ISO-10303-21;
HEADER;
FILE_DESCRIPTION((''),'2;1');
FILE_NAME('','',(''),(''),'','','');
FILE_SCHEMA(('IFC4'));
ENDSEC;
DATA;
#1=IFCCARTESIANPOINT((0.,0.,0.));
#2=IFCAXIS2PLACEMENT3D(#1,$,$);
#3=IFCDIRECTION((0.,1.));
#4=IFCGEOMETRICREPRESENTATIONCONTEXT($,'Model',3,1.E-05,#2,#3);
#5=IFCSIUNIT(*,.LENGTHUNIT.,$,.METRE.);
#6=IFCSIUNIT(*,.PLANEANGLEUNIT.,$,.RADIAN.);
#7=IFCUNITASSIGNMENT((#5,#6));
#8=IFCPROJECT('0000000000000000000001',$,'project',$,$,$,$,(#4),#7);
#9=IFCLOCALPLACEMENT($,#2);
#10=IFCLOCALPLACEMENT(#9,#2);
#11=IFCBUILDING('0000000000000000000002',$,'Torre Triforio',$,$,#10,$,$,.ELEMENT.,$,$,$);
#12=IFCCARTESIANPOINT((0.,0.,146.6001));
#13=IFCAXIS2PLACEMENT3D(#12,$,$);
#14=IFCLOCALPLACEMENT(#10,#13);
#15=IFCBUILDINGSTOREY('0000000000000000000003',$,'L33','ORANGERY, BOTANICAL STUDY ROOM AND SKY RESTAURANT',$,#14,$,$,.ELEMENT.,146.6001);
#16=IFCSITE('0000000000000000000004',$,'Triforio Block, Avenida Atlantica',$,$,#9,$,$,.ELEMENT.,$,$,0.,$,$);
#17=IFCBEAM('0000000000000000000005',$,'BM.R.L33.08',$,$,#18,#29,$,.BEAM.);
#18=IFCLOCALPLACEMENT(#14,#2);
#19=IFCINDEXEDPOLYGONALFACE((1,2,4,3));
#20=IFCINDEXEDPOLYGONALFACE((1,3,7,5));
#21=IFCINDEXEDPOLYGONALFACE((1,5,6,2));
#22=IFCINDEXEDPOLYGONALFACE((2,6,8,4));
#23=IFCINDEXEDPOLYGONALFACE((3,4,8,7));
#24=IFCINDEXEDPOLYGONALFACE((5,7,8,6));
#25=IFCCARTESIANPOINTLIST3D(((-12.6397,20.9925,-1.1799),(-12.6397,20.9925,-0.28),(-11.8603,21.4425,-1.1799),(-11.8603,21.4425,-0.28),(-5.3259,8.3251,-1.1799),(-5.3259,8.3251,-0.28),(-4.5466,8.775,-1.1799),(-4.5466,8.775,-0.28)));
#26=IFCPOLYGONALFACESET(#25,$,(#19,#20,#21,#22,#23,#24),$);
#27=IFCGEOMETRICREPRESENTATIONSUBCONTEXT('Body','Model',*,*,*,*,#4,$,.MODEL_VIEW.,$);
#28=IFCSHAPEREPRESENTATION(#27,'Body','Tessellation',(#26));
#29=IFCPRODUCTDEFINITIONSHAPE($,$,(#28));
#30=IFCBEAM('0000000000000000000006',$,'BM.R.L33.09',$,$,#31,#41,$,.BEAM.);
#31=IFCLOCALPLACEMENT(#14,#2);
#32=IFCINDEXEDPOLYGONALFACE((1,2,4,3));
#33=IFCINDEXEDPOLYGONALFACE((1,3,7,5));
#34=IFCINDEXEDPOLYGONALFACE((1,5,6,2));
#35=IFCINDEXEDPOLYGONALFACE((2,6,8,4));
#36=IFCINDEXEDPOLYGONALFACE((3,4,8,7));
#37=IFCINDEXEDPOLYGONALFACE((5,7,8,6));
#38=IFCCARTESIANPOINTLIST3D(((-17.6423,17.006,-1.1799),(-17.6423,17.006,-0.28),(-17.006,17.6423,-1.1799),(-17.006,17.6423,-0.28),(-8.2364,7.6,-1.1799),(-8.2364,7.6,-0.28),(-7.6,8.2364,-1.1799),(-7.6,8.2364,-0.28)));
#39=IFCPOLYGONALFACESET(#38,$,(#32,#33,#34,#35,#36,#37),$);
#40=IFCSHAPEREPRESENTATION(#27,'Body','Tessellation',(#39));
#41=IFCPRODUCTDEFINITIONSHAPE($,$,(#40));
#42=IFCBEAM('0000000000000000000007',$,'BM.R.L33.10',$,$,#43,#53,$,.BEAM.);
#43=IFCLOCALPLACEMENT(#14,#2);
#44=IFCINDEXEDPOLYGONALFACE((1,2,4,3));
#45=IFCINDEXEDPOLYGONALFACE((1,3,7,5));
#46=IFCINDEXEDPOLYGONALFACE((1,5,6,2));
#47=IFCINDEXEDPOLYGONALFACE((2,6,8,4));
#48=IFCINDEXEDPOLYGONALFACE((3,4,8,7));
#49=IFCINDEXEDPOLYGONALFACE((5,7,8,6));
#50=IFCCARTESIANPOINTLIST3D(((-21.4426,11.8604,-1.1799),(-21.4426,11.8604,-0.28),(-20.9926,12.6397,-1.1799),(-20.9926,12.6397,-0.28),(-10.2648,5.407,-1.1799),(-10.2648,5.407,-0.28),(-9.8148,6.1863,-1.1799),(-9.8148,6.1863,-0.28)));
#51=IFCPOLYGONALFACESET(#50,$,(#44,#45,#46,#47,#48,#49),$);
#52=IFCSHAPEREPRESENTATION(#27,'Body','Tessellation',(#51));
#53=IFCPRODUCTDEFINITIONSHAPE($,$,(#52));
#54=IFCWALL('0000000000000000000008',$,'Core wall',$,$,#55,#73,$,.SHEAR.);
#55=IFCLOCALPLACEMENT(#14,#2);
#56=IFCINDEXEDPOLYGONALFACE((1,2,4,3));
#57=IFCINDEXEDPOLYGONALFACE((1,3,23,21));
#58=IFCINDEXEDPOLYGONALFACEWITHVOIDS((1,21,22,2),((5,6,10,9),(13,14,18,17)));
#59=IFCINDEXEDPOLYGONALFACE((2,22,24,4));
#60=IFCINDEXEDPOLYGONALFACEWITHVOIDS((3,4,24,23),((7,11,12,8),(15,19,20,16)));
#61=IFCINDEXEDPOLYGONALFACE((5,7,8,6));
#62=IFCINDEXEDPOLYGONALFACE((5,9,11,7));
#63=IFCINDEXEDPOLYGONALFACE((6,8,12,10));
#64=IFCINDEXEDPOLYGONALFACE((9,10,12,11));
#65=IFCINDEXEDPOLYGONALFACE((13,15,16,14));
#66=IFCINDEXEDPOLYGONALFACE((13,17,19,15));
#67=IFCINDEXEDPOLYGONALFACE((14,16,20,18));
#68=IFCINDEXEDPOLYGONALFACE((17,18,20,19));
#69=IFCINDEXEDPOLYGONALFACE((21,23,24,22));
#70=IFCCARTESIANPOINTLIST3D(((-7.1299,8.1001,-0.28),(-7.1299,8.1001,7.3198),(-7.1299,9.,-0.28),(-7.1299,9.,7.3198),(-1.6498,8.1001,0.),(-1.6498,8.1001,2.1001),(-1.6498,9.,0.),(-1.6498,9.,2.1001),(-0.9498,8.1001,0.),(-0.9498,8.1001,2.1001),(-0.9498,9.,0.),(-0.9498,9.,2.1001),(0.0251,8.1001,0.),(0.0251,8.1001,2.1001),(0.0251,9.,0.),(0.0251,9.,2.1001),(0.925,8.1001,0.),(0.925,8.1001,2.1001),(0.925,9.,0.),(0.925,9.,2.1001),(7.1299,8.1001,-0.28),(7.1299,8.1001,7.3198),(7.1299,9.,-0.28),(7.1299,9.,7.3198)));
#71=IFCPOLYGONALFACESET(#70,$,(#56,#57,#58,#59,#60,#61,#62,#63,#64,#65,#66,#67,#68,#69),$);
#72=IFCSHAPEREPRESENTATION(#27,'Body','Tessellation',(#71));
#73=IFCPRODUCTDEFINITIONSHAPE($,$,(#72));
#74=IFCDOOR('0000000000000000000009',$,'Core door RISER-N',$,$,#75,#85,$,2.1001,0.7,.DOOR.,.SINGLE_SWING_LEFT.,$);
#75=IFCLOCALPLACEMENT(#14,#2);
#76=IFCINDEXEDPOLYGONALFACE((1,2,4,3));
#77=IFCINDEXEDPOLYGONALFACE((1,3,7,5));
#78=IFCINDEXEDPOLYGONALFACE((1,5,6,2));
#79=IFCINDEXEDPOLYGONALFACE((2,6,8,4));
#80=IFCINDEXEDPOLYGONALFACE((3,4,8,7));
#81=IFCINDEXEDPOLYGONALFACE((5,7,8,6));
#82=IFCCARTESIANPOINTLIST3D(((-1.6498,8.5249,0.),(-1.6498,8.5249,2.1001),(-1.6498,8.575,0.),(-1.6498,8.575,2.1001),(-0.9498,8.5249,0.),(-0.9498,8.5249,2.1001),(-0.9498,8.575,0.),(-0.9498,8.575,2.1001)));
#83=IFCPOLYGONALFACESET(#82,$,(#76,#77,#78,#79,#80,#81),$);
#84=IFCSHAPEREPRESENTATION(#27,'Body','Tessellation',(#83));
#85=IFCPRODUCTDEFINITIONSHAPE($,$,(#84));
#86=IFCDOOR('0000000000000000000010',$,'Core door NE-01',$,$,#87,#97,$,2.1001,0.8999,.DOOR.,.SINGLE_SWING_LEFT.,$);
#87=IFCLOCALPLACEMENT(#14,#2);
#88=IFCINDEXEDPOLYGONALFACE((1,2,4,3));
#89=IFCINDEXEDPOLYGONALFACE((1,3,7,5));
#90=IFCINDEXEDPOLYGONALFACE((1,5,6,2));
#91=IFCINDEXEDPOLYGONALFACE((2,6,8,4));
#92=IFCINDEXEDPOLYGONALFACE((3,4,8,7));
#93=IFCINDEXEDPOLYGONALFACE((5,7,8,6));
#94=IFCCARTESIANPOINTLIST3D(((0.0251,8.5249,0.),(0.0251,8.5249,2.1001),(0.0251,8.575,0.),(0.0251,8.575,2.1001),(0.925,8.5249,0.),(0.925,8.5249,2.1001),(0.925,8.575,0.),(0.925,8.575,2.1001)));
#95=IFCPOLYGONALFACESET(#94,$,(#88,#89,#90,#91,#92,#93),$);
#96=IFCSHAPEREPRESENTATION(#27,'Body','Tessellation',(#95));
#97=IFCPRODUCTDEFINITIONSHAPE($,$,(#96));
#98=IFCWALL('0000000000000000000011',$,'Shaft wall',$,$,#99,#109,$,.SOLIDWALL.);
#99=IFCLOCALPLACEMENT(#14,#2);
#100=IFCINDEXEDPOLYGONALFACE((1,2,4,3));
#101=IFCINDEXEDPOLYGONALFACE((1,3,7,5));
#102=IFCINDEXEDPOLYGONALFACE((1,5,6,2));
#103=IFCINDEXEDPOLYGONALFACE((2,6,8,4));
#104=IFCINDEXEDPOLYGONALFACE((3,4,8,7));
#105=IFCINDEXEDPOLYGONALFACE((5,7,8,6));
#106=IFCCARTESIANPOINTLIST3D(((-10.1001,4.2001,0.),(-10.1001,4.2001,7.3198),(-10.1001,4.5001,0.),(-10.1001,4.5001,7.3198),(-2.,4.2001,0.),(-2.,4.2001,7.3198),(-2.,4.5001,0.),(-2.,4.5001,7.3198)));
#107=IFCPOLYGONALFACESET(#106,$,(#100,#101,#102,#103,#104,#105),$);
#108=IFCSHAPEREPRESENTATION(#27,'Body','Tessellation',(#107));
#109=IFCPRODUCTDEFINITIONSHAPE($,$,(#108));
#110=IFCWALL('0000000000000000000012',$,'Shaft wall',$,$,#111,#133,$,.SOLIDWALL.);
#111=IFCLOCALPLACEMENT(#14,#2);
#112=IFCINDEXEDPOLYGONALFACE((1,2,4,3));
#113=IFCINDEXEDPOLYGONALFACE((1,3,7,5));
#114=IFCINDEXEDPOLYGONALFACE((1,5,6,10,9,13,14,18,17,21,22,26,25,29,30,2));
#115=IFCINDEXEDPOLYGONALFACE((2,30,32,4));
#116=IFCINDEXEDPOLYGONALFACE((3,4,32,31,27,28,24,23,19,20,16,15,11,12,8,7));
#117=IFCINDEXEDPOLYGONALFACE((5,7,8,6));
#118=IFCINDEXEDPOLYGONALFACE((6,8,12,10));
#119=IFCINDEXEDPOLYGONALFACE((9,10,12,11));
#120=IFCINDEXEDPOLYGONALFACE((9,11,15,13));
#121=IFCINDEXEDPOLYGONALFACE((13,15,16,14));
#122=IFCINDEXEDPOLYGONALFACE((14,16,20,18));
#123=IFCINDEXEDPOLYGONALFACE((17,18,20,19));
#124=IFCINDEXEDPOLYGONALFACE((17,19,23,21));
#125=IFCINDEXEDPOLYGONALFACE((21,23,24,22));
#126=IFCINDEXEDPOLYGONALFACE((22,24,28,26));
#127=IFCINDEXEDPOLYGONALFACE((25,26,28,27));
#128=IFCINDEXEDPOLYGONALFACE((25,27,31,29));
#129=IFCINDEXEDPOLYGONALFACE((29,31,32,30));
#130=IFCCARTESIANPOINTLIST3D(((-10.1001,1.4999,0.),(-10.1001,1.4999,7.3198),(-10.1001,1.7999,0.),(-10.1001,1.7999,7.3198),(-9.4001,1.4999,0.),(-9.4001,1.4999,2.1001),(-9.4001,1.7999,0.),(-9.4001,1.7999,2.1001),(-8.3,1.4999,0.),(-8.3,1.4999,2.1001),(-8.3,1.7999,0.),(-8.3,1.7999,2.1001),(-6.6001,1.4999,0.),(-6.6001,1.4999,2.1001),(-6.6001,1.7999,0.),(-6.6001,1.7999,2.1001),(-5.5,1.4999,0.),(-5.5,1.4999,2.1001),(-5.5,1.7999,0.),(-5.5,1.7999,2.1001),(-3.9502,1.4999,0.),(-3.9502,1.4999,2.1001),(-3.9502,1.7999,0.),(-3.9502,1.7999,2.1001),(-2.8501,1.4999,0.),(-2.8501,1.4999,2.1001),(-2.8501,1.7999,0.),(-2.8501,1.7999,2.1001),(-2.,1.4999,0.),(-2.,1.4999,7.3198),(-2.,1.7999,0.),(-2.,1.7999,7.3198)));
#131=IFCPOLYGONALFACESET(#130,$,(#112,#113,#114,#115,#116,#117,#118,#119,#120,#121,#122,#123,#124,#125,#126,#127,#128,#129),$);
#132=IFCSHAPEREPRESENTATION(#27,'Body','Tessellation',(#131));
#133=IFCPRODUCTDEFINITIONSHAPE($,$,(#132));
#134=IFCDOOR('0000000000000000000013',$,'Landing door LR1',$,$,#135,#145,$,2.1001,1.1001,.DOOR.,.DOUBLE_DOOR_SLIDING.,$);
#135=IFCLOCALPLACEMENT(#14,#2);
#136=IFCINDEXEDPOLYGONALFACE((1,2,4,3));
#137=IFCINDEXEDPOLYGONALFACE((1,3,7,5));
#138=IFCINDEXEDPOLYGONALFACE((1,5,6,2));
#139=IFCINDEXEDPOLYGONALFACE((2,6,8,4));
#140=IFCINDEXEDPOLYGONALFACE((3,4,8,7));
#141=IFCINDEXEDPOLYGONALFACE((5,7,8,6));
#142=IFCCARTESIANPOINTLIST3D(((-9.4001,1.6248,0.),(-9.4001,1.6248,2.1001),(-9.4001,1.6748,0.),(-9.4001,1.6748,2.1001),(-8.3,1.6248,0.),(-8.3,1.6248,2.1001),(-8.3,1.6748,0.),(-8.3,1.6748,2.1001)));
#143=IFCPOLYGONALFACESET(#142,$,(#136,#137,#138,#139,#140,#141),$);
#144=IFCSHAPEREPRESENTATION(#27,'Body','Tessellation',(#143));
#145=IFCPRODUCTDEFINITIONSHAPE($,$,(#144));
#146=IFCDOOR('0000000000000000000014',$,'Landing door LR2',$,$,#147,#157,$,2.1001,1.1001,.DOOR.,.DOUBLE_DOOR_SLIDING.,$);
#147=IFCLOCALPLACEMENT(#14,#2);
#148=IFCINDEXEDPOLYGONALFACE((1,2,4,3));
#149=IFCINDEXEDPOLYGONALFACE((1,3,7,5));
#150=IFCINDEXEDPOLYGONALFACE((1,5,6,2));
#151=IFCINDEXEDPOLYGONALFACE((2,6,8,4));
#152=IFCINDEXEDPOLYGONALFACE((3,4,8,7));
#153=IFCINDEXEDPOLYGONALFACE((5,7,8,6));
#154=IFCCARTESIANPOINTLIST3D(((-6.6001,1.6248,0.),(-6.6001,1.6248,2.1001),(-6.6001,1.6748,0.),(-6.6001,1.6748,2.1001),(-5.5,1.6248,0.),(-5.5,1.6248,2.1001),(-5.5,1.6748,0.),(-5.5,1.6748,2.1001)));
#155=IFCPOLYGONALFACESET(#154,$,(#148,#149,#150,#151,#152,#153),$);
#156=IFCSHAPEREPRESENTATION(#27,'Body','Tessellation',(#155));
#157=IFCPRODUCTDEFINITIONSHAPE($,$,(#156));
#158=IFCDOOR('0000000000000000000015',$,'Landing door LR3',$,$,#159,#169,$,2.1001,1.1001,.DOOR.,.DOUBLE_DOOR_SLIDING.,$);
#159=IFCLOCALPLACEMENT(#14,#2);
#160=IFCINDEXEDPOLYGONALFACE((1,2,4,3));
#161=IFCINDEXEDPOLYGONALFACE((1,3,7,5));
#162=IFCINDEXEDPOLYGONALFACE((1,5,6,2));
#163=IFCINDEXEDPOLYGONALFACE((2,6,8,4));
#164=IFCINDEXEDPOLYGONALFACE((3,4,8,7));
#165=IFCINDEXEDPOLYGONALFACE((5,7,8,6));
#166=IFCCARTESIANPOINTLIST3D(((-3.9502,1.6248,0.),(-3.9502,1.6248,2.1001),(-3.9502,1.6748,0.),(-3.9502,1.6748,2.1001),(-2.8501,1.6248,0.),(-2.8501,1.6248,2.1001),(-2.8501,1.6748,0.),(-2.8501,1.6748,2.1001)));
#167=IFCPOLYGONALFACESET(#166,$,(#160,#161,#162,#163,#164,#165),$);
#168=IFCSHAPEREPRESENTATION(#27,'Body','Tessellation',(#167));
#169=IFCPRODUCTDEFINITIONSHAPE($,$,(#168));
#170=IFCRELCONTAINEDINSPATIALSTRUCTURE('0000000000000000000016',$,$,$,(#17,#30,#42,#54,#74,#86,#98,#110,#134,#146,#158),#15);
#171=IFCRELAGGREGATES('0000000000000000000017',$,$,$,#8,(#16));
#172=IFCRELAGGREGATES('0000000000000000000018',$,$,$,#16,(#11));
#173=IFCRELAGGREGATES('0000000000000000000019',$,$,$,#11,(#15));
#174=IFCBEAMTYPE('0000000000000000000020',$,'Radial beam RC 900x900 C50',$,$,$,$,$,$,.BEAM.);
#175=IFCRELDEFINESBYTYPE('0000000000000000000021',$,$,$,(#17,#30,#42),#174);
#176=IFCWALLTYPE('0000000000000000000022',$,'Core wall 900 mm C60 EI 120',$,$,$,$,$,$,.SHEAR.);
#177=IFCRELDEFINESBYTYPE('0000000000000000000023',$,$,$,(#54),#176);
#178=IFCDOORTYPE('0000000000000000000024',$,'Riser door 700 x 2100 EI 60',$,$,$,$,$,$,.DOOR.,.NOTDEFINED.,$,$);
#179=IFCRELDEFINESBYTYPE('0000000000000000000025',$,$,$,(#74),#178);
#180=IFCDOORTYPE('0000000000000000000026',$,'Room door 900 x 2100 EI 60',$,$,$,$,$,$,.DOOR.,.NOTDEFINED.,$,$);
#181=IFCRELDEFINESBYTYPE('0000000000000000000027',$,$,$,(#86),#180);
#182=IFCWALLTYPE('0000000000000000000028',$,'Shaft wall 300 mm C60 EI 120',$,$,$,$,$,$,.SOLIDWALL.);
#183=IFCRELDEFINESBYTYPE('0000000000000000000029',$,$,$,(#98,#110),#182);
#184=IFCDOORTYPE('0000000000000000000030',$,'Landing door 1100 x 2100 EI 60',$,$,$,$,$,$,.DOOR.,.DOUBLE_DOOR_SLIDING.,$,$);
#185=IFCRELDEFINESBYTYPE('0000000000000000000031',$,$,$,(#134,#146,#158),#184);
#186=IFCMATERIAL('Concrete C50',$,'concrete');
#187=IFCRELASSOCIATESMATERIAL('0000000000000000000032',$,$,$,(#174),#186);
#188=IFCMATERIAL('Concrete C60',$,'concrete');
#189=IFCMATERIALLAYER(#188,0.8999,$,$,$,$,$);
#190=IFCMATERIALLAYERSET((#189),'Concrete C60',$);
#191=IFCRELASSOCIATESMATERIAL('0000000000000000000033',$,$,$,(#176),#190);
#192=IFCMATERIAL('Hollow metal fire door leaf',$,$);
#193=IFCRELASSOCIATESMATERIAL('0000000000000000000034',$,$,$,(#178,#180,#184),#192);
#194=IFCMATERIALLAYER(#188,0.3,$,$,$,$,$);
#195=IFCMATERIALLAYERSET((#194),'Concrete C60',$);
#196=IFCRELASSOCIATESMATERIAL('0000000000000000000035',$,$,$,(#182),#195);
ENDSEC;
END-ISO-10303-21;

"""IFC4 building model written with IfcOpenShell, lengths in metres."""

from ifc_helpers import new_model, si_unit, direction, frame, frame_2d, origin, origin_2d, place, context, subcontext, project, spatial, rectangle, extrude, material, layer, layer_set, material_profile, profile_set, type_object, element, fill, save


model = new_model("IFC4")

# Units and contexts
model_context = context("Model", 3, precision=1e-05, world=origin(), true_north=direction((0.0, 1.0)))
body_context = subcontext(model_context, "Body", "Model", "MODEL_VIEW")
ifc_project = project(units=[si_unit("LENGTHUNIT", "METRE"), si_unit("PLANEANGLEUNIT", "RADIAN")], contexts=[model_context])

# Site, building, storey
site_placement = place(None, origin())
site = spatial("IfcSite", under=ifc_project, at=site_placement, Name="Triforio Block, Avenida Atlantica", CompositionType="ELEMENT", RefElevation=0.0)
building_placement = place(site_placement, origin())
building = spatial("IfcBuilding", under=site, at=building_placement, Name="Torre Triforio", CompositionType="ELEMENT")
storey_placement = place(building_placement, frame((0.0, 0.0, 146.6001)))
storey = spatial("IfcBuildingStorey", under=building, at=storey_placement, Name="L33", Description="ORANGERY, BOTANICAL STUDY ROOM AND SKY RESTAURANT", CompositionType="ELEMENT", Elevation=146.6001)

# Beams
ifc_material_1 = material(Name="Concrete C50", Category="concrete")
ifc_material_profile = material_profile(ifc_material_1, rectangle(XDim=0.8999, YDim=0.8999, at=origin_2d()), Name="RC 900x900")
ifc_profile_set = profile_set([ifc_material_profile], Name="Concrete C50")
beam_type = type_object("IfcBeamType", Name="Radial beam RC 900x900 C50", PredefinedType="BEAM", material=ifc_profile_set)
beam_1_placement = place(storey_placement, frame((-4.9363, 8.55, -0.73), z_axis=(-0.500008, 0.866021, 0.0), x_axis=(-0.866021, -0.500008, 0.0)))
element("IfcBeam", 1, at=beam_1_placement, inside=storey, type_object=beam_type, Name="BM.R.L33.08", PredefinedType="BEAM", context=body_context, shape_type="SweptSolid", body=[
    extrude(rectangle(XDim=0.8999, YDim=0.8999, at=origin_2d()), origin(), (0.0, 0.0, 1.0), 14.6272),
])
beam_2_placement = place(storey_placement, frame((-7.9182, 7.9182, -0.73), z_axis=(-0.707107, 0.707107, 0.0), x_axis=(-0.707107, -0.707107, 0.0)))
element("IfcBeam", 2, at=beam_2_placement, inside=storey, type_object=beam_type, Name="BM.R.L33.09", PredefinedType="BEAM", context=body_context, shape_type="SweptSolid", body=[
    extrude(rectangle(XDim=0.8999, YDim=0.8999, at=origin_2d()), origin(), (0.0, 0.0, 1.0), 13.302),
])
beam_3_placement = place(storey_placement, frame((-10.0398, 5.7966, -0.73), z_axis=(-0.866029, 0.499994, 0.0), x_axis=(-0.499994, -0.866029, 0.0)))
element("IfcBeam", 3, at=beam_3_placement, inside=storey, type_object=beam_type, Name="BM.R.L33.10", PredefinedType="BEAM", context=body_context, shape_type="SweptSolid", body=[
    extrude(rectangle(XDim=0.8999, YDim=0.8999, at=origin_2d()), origin(), (0.0, 0.0, 1.0), 12.907),
])

# Wall, openings, doors
ifc_material_2 = material(Name="Concrete C60", Category="concrete")
ifc_layer_1 = layer(ifc_material_2, 0.8999)
ifc_layer_set_1 = layer_set([ifc_layer_1], Name="Concrete C60")
wall_type_1 = type_object("IfcWallType", Name="Core wall 900 mm C60 EI 120", PredefinedType="SHEAR", material=ifc_layer_set_1)
wall_1_placement = place(storey_placement, frame((-7.1299, 8.55, -0.28), z_axis=(0.0, 0.0, 1.0), x_axis=(1.0, 0.0, 0.0)))
wall_1 = element("IfcWall", 4, at=wall_1_placement, inside=storey, type_object=wall_type_1, Name="Core wall", PredefinedType="SHEAR", context=body_context, shape_type="SweptSolid", body=[
    extrude(rectangle(XDim=14.2598, YDim=0.8999, at=frame_2d((7.1299, 0.0))), origin(), (0.0, 0.0, 1.0), 7.5999),
])
opening_1_placement = place(wall_1_placement, frame((5.48, 0.0, 0.28)))
opening_1 = element("IfcOpeningElement", 5, at=opening_1_placement, cuts=wall_1, PredefinedType="OPENING", context=body_context, shape_type="SweptSolid", body=[
    extrude(rectangle(XDim=0.7, YDim=2.1001, at=frame_2d((0.3501, 1.05))), frame((0.0, 0.46, 0.0), z_axis=(0.0, -1.0, 0.0), x_axis=(1.0, 0.0, 0.0)), (0.0, 0.0, 1.0), 0.9199),
])
opening_2_placement = place(wall_1_placement, frame((7.155, 0.0, 0.28)))
opening_2 = element("IfcOpeningElement", 6, at=opening_2_placement, cuts=wall_1, PredefinedType="OPENING", context=body_context, shape_type="SweptSolid", body=[
    extrude(rectangle(XDim=0.8999, YDim=2.1001, at=frame_2d((0.45, 1.05))), frame((0.0, 0.46, 0.0), z_axis=(0.0, -1.0, 0.0), x_axis=(1.0, 0.0, 0.0)), (0.0, 0.0, 1.0), 0.9199),
])
ifc_material_3 = material(Name="Hollow metal fire door leaf")
door_type_1 = type_object("IfcDoorType", Name="Riser door 700 x 2100 EI 60", OperationType="NOTDEFINED", PredefinedType="DOOR", material=ifc_material_3)
door_1_placement = place(opening_1_placement, origin())
door_1 = element("IfcDoor", 7, at=door_1_placement, inside=storey, type_object=door_type_1, Name="Core door RISER-N", OperationType="SINGLE_SWING_LEFT", OverallHeight=2.1001, OverallWidth=0.7, PredefinedType="DOOR", context=body_context, shape_type="SweptSolid", body=[
    extrude(rectangle(XDim=0.7, YDim=2.1001, at=frame_2d((0.3501, 1.05))), frame((0.0, 0.0249, 0.0), z_axis=(0.0, -1.0, 0.0), x_axis=(1.0, 0.0, 0.0)), (0.0, 0.0, 1.0), 0.05),
])
fill(opening_1, door_1)
door_type_2 = type_object("IfcDoorType", Name="Room door 900 x 2100 EI 60", OperationType="NOTDEFINED", PredefinedType="DOOR", material=ifc_material_3)
door_2_placement = place(opening_2_placement, origin())
door_2 = element("IfcDoor", 8, at=door_2_placement, inside=storey, type_object=door_type_2, Name="Core door NE-01", OperationType="SINGLE_SWING_LEFT", OverallHeight=2.1001, OverallWidth=0.8999, PredefinedType="DOOR", context=body_context, shape_type="SweptSolid", body=[
    extrude(rectangle(XDim=0.8999, YDim=2.1001, at=frame_2d((0.45, 1.05))), frame((0.0, 0.0249, 0.0), z_axis=(0.0, -1.0, 0.0), x_axis=(1.0, 0.0, 0.0)), (0.0, 0.0, 1.0), 0.05),
])
fill(opening_2, door_2)

# Wall
ifc_layer_2 = layer(ifc_material_2, 0.3)
ifc_layer_set_2 = layer_set([ifc_layer_2], Name="Concrete C60")
wall_type_2 = type_object("IfcWallType", Name="Shaft wall 300 mm C60 EI 120", PredefinedType="SOLIDWALL", material=ifc_layer_set_2)
wall_2_placement = place(storey_placement, frame((-10.1001, 4.3501, 0.0), z_axis=(0.0, 0.0, 1.0), x_axis=(1.0, 0.0, 0.0)))
element("IfcWall", 9, at=wall_2_placement, inside=storey, type_object=wall_type_2, Name="Shaft wall", PredefinedType="SOLIDWALL", context=body_context, shape_type="SweptSolid", body=[
    extrude(rectangle(XDim=8.1001, YDim=0.3, at=frame_2d((4.05, 0.0))), origin(), (0.0, 0.0, 1.0), 7.3198),
])

# Wall, openings, doors
wall_3_placement = place(storey_placement, frame((-10.1001, 1.6499, 0.0), z_axis=(0.0, 0.0, 1.0), x_axis=(1.0, 0.0, 0.0)))
wall_3 = element("IfcWall", 10, at=wall_3_placement, inside=storey, type_object=wall_type_2, Name="Shaft wall", PredefinedType="SOLIDWALL", context=body_context, shape_type="SweptSolid", body=[
    extrude(rectangle(XDim=8.1001, YDim=0.3, at=frame_2d((4.05, 0.0))), origin(), (0.0, 0.0, 1.0), 7.3198),
])
opening_3_placement = place(wall_3_placement, frame((0.7, 0.0, 0.0)))
opening_3 = element("IfcOpeningElement", 11, at=opening_3_placement, cuts=wall_3, PredefinedType="OPENING", context=body_context, shape_type="SweptSolid", body=[
    extrude(rectangle(XDim=1.1001, YDim=2.1001, at=frame_2d((0.55, 1.05))), frame((0.0, 0.1599, 0.0), z_axis=(0.0, -1.0, 0.0), x_axis=(1.0, 0.0, 0.0)), (0.0, 0.0, 1.0), 0.3201),
])
opening_4_placement = place(wall_3_placement, frame((3.5, 0.0, 0.0)))
opening_4 = element("IfcOpeningElement", 12, at=opening_4_placement, cuts=wall_3, PredefinedType="OPENING", context=body_context, shape_type="SweptSolid", body=[
    extrude(rectangle(XDim=1.1001, YDim=2.1001, at=frame_2d((0.55, 1.05))), frame((0.0, 0.1599, 0.0), z_axis=(0.0, -1.0, 0.0), x_axis=(1.0, 0.0, 0.0)), (0.0, 0.0, 1.0), 0.3201),
])
opening_5_placement = place(wall_3_placement, frame((6.1499, 0.0, 0.0)))
opening_5 = element("IfcOpeningElement", 13, at=opening_5_placement, cuts=wall_3, PredefinedType="OPENING", context=body_context, shape_type="SweptSolid", body=[
    extrude(rectangle(XDim=1.1001, YDim=2.1001, at=frame_2d((0.55, 1.05))), frame((0.0, 0.1599, 0.0), z_axis=(0.0, -1.0, 0.0), x_axis=(1.0, 0.0, 0.0)), (0.0, 0.0, 1.0), 0.3201),
])
door_type_3 = type_object("IfcDoorType", Name="Landing door 1100 x 2100 EI 60", OperationType="DOUBLE_DOOR_SLIDING", PredefinedType="DOOR", material=ifc_material_3)
door_3_placement = place(opening_3_placement, origin())
door_3 = element("IfcDoor", 14, at=door_3_placement, inside=storey, type_object=door_type_3, Name="Landing door LR1", OperationType="DOUBLE_DOOR_SLIDING", OverallHeight=2.1001, OverallWidth=1.1001, PredefinedType="DOOR", context=body_context, shape_type="SweptSolid", body=[
    extrude(rectangle(XDim=1.1001, YDim=2.1001, at=frame_2d((0.55, 1.05))), frame((0.0, 0.0249, 0.0), z_axis=(0.0, -1.0, 0.0), x_axis=(1.0, 0.0, 0.0)), (0.0, 0.0, 1.0), 0.05),
])
fill(opening_3, door_3)
door_4_placement = place(opening_4_placement, origin())
door_4 = element("IfcDoor", 15, at=door_4_placement, inside=storey, type_object=door_type_3, Name="Landing door LR2", OperationType="DOUBLE_DOOR_SLIDING", OverallHeight=2.1001, OverallWidth=1.1001, PredefinedType="DOOR", context=body_context, shape_type="SweptSolid", body=[
    extrude(rectangle(XDim=1.1001, YDim=2.1001, at=frame_2d((0.55, 1.05))), frame((0.0, 0.0249, 0.0), z_axis=(0.0, -1.0, 0.0), x_axis=(1.0, 0.0, 0.0)), (0.0, 0.0, 1.0), 0.05),
])
fill(opening_4, door_4)
door_5_placement = place(opening_5_placement, origin())
door_5 = element("IfcDoor", 16, at=door_5_placement, inside=storey, type_object=door_type_3, Name="Landing door LR3", OperationType="DOUBLE_DOOR_SLIDING", OverallHeight=2.1001, OverallWidth=1.1001, PredefinedType="DOOR", context=body_context, shape_type="SweptSolid", body=[
    extrude(rectangle(XDim=1.1001, YDim=2.1001, at=frame_2d((0.55, 1.05))), frame((0.0, 0.0249, 0.0), z_axis=(0.0, -1.0, 0.0), x_axis=(1.0, 0.0, 0.0)), (0.0, 0.0, 1.0), 0.05),
])
fill(opening_5, door_5)

save(model, "model.ifc")
